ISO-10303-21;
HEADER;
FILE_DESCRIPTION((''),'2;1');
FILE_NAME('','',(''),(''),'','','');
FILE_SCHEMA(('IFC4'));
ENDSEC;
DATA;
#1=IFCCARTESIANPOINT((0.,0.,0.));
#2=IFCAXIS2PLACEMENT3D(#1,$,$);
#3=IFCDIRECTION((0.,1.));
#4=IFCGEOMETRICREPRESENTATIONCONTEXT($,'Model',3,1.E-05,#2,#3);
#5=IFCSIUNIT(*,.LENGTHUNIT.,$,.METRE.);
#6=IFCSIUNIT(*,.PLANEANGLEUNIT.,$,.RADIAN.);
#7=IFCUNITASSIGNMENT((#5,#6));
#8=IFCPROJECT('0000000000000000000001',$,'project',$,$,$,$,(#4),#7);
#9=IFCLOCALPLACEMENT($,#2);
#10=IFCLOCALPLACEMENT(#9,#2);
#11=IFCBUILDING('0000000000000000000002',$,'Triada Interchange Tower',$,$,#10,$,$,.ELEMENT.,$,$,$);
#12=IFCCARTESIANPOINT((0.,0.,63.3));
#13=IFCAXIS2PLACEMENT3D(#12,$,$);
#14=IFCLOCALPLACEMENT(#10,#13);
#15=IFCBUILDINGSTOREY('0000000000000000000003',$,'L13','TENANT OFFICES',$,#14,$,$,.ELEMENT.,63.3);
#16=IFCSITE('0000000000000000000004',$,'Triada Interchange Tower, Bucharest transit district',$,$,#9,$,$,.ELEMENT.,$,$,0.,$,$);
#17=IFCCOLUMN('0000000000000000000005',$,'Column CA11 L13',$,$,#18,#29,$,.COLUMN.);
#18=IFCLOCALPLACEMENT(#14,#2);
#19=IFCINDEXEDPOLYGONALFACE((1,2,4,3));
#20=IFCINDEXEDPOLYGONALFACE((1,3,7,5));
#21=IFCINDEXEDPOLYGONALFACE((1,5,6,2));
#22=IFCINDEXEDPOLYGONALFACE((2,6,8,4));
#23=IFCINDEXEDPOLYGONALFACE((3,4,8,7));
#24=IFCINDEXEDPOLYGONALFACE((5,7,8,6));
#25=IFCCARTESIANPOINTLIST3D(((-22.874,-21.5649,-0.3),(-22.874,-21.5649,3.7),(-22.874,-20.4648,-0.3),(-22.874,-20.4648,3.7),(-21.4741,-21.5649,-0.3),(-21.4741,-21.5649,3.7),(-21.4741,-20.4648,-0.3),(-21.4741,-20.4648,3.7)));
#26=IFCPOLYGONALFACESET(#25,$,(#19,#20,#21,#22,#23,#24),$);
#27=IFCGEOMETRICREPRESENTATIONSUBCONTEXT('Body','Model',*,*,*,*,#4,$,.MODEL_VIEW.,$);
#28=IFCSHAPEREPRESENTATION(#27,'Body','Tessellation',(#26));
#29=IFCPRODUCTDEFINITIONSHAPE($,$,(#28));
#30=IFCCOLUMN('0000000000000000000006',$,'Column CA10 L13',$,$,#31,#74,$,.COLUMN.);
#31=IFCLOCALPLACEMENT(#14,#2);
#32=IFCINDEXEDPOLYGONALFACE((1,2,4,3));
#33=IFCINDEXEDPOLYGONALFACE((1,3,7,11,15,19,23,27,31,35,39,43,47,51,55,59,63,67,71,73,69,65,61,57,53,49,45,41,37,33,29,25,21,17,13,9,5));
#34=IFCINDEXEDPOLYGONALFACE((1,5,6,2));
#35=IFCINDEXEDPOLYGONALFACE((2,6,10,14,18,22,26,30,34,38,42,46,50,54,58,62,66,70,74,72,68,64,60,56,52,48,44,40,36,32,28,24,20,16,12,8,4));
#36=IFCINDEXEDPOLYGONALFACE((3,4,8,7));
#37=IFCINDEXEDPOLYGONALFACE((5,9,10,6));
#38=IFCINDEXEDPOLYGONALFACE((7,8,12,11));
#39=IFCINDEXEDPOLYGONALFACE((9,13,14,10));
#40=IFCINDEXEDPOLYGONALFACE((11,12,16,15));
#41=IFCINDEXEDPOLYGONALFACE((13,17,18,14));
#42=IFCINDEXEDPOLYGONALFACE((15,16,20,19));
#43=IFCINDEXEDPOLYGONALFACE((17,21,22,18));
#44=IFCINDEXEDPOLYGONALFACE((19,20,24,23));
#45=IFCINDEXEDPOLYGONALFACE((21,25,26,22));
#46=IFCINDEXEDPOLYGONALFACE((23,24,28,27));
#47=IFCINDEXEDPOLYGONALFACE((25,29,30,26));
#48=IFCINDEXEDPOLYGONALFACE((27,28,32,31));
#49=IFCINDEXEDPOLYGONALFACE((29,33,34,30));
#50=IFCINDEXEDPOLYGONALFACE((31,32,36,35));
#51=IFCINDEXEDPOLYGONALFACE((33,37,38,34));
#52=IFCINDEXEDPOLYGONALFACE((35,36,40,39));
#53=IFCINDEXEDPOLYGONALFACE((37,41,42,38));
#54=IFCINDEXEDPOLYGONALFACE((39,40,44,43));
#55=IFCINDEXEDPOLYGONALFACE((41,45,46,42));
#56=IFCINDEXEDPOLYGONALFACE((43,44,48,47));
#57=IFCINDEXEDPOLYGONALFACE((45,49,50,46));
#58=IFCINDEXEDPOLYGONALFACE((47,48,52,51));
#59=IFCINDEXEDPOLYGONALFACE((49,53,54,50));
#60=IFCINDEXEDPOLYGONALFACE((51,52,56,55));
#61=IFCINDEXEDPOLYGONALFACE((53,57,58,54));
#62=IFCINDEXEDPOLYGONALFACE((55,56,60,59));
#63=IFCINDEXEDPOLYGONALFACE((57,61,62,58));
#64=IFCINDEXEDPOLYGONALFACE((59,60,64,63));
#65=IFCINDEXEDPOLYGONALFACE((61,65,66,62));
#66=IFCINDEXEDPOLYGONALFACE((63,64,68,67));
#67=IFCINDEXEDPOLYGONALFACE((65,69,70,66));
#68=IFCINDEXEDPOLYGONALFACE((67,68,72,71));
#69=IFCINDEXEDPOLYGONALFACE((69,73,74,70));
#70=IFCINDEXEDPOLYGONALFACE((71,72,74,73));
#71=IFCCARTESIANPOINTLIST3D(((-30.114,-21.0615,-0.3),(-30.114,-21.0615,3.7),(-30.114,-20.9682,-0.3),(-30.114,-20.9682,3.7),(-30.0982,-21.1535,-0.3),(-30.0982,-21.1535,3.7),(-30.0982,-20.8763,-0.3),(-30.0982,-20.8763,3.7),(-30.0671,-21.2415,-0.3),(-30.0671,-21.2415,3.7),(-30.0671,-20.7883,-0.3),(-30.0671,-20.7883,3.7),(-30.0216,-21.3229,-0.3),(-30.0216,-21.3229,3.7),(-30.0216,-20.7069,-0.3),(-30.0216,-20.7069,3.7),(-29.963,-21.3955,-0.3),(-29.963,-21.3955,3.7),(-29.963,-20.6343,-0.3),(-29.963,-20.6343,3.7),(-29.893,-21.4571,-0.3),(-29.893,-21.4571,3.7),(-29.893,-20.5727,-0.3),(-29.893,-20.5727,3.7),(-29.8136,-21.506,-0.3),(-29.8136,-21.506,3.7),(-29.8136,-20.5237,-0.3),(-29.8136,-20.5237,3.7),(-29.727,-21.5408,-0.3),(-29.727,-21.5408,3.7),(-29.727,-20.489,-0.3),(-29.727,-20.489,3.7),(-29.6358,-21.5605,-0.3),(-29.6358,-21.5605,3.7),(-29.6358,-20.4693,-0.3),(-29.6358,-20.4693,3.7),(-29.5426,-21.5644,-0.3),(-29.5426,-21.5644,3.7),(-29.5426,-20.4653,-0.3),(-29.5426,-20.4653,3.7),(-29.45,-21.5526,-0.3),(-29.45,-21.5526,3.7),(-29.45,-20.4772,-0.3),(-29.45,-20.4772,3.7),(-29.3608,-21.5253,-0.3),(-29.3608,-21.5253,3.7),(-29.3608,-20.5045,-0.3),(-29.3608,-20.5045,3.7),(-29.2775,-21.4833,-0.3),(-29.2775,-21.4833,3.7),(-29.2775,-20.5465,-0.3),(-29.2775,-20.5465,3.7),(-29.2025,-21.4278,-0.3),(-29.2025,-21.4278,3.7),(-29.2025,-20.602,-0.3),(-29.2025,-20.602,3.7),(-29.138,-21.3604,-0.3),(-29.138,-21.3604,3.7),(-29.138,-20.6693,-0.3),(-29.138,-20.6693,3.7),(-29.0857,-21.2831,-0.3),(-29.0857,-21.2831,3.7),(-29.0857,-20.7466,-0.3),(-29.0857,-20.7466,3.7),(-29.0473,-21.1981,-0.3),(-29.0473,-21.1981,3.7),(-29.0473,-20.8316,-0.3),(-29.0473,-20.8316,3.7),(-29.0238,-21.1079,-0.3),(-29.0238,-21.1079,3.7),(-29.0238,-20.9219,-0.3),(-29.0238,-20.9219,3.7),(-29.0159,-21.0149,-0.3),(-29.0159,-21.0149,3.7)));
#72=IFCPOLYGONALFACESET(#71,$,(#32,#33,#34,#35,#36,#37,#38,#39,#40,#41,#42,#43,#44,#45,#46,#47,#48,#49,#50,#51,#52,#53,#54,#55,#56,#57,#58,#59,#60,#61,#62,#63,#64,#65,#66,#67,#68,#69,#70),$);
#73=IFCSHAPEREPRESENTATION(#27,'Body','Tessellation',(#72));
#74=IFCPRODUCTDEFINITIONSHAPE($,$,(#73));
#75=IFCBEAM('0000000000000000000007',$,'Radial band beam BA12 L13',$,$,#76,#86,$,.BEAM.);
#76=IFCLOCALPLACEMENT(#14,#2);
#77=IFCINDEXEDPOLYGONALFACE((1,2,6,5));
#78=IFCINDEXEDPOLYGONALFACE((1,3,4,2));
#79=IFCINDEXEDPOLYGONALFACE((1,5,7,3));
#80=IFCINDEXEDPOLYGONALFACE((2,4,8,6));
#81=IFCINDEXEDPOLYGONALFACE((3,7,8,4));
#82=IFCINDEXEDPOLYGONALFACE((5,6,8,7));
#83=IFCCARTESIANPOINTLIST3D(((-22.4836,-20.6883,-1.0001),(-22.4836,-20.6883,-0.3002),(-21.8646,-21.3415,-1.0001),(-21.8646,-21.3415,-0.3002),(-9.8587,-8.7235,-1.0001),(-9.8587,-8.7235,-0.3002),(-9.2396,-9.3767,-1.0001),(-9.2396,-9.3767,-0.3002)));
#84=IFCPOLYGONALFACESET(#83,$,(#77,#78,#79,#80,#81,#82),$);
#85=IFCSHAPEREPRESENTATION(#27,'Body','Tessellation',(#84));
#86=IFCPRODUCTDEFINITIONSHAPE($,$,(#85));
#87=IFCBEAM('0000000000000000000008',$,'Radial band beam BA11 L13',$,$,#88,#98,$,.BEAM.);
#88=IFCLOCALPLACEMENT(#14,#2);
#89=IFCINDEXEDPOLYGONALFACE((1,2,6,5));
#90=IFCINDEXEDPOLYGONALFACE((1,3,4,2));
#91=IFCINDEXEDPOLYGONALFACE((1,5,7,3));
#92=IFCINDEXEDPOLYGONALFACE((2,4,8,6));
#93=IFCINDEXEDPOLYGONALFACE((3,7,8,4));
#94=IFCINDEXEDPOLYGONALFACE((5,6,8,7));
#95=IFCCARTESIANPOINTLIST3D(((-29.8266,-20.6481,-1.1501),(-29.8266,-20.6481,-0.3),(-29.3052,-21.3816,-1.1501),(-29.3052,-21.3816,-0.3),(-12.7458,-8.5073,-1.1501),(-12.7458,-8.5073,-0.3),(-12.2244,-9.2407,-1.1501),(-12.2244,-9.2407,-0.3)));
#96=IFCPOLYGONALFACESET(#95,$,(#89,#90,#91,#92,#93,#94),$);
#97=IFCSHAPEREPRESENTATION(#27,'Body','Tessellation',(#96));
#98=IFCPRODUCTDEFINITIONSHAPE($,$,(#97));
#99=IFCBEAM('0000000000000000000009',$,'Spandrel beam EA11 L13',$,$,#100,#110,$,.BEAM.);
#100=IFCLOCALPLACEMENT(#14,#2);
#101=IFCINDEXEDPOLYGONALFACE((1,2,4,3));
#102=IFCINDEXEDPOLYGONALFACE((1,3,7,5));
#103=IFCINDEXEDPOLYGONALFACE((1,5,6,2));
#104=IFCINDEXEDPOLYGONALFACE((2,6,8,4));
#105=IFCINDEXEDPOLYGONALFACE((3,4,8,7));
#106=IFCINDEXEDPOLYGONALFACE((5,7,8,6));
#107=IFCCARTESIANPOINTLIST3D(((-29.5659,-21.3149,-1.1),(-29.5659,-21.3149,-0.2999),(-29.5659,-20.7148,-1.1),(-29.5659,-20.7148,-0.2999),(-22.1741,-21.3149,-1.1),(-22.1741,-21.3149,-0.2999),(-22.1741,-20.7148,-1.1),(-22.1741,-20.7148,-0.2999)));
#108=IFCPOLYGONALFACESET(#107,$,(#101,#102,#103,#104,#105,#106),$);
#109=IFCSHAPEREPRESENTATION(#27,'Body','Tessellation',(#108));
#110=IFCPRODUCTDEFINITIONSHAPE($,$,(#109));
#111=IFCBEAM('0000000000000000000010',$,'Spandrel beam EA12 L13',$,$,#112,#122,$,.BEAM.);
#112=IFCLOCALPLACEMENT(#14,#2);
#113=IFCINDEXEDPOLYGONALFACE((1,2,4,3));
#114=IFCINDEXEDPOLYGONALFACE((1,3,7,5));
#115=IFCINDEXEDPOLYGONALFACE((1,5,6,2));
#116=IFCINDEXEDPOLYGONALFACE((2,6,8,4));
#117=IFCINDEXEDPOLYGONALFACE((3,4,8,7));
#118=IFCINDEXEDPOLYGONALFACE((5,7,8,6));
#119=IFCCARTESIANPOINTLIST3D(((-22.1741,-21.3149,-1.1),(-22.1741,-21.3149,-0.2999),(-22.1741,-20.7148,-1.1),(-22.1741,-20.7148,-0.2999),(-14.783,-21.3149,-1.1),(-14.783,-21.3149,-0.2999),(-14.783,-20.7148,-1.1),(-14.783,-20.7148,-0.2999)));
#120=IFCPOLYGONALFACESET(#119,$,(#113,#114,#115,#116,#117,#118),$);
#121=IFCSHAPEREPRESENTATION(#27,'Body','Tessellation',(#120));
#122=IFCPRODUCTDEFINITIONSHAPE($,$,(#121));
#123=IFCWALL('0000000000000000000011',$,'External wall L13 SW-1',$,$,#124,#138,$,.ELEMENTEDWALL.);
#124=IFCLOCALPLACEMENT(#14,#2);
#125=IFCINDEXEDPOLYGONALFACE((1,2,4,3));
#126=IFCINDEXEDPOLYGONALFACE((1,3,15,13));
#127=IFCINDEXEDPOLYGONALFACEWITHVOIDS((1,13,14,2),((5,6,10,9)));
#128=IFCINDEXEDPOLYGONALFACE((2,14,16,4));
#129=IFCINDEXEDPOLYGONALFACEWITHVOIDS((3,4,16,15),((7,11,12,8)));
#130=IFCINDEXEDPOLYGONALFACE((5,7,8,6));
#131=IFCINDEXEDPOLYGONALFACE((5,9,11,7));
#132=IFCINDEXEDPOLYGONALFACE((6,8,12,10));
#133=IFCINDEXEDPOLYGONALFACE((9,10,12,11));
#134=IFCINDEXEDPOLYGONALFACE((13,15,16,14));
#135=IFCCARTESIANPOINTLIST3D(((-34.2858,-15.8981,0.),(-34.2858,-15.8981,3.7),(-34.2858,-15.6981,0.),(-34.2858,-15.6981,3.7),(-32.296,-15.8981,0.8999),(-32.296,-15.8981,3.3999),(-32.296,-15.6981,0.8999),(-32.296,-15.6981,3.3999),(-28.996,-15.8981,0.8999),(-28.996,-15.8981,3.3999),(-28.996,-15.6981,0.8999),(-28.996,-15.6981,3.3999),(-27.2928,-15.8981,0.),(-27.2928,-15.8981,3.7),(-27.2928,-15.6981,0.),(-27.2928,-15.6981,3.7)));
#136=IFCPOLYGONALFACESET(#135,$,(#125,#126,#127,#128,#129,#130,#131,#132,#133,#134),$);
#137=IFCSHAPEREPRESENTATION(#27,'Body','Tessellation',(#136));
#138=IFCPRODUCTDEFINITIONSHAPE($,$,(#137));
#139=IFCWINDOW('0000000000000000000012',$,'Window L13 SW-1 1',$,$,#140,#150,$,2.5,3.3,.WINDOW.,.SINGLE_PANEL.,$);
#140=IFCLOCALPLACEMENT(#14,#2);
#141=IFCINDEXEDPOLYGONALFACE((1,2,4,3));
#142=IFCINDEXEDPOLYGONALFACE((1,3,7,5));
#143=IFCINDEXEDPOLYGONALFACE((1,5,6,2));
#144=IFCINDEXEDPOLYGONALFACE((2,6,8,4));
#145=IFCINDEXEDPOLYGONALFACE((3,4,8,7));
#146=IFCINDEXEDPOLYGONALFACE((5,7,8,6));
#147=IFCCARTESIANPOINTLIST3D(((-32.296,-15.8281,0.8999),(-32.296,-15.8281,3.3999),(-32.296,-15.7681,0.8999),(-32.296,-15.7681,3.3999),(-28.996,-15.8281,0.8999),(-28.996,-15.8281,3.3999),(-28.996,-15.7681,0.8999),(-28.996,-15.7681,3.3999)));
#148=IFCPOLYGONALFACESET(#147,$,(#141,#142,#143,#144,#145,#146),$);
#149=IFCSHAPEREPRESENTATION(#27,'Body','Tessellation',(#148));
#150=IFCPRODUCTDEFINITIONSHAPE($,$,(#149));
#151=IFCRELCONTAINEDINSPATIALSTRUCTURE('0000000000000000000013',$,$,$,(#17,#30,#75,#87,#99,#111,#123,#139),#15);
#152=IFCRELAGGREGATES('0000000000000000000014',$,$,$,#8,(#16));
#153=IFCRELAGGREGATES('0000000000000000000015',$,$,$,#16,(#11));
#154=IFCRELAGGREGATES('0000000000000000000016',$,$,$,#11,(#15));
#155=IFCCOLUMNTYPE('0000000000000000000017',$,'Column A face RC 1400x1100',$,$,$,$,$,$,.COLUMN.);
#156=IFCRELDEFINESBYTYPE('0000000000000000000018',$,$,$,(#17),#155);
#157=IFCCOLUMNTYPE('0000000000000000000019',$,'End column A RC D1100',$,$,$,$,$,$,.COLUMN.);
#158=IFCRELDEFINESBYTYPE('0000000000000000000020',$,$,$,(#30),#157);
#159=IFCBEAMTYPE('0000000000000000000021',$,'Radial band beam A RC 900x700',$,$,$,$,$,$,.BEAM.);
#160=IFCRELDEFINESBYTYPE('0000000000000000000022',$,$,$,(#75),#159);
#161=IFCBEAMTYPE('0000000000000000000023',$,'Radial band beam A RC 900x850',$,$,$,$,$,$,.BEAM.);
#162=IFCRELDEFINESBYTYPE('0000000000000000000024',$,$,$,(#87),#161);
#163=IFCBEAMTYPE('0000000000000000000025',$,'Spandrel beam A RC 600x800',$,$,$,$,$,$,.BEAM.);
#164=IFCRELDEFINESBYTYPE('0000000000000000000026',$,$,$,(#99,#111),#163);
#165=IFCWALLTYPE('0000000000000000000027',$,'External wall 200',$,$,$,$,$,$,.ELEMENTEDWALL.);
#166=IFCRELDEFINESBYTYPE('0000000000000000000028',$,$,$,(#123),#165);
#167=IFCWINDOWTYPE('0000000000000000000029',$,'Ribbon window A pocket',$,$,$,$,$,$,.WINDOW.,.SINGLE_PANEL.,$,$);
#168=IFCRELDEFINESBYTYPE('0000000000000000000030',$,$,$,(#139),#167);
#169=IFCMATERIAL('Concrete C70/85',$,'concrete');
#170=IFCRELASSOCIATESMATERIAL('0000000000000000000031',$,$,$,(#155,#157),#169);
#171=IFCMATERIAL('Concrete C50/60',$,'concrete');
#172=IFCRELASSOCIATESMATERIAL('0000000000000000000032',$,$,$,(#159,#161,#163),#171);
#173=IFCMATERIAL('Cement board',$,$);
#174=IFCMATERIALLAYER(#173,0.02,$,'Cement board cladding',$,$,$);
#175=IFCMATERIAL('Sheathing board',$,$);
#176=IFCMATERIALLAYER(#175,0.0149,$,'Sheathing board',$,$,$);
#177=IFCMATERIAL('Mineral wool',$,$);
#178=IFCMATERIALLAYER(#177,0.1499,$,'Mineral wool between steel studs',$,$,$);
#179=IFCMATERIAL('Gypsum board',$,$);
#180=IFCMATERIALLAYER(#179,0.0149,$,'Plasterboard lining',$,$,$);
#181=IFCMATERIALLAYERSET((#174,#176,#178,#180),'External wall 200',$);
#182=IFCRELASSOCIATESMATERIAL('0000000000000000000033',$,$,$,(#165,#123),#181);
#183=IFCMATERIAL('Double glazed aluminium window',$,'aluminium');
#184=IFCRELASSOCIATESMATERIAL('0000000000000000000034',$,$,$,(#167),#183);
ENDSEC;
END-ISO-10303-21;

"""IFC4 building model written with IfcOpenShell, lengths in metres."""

from ifc_helpers import new_model, si_unit, direction, frame, frame_2d, origin, origin_2d, place, context, subcontext, project, spatial, rectangle, circle, extrude, material, layer, layer_set, layer_usage, material_profile, profile_set, type_object, element, fill, save


model = new_model("IFC4")

# Units and contexts
model_context = context("Model", 3, precision=1e-05, world=origin(), true_north=direction((0.0, 1.0)))
body_context = subcontext(model_context, "Body", "Model", "MODEL_VIEW")
ifc_project = project(units=[si_unit("LENGTHUNIT", "METRE"), si_unit("PLANEANGLEUNIT", "RADIAN")], contexts=[model_context])

# Site, building, storey
site_placement = place(None, origin())
site = spatial("IfcSite", under=ifc_project, at=site_placement, Name="Triada Interchange Tower, Bucharest transit district", CompositionType="ELEMENT", RefElevation=0.0)
building_placement = place(site_placement, origin())
building = spatial("IfcBuilding", under=site, at=building_placement, Name="Triada Interchange Tower", CompositionType="ELEMENT")
storey_placement = place(building_placement, frame((0.0, 0.0, 63.3)))
storey = spatial("IfcBuildingStorey", under=building, at=storey_placement, Name="L13", Description="TENANT OFFICES", CompositionType="ELEMENT", Elevation=63.3)

# Columns
ifc_material_1 = material(Name="Concrete C70/85", Category="concrete")
ifc_material_profile_1 = material_profile(ifc_material_1, rectangle(XDim=1.3999, YDim=1.1001, at=origin_2d()), Name="RC 1400x1100")
ifc_profile_set_1 = profile_set([ifc_material_profile_1], Name="Concrete C70/85")
column_type_1 = type_object("IfcColumnType", Name="Column A face RC 1400x1100", PredefinedType="COLUMN", material=ifc_profile_set_1)
column_1_placement = place(storey_placement, frame((-22.1741, -21.0149, -0.3), z_axis=(0.0, 0.0, 1.0), x_axis=(1.0, 0.0, 0.0)))
element("IfcColumn", 1, at=column_1_placement, inside=storey, type_object=column_type_1, Name="Column CA11 L13", PredefinedType="COLUMN", context=body_context, shape_type="SweptSolid", body=[
    extrude(rectangle(XDim=1.3999, YDim=1.1001, at=origin_2d()), origin(), (0.0, 0.0, 1.0), 4.0),
])
ifc_material_profile_2 = material_profile(ifc_material_1, circle(Radius=0.55, at=origin_2d()), Name="RC D1100")
ifc_profile_set_2 = profile_set([ifc_material_profile_2], Name="Concrete C70/85")
column_type_2 = type_object("IfcColumnType", Name="End column A RC D1100", PredefinedType="COLUMN", material=ifc_profile_set_2)
column_2_placement = place(storey_placement, frame((-29.5659, -21.0149, -0.3), z_axis=(0.0, 0.0, 1.0), x_axis=(1.0, 0.0, 0.0)))
element("IfcColumn", 2, at=column_2_placement, inside=storey, type_object=column_type_2, Name="Column CA10 L13", PredefinedType="COLUMN", context=body_context, shape_type="SweptSolid", body=[
    extrude(circle(Radius=0.55, at=origin_2d()), origin(), (0.0, 0.0, 1.0), 4.0),
])

# Beams
ifc_material_2 = material(Name="Concrete C50/60", Category="concrete")
ifc_material_profile_3 = material_profile(ifc_material_2, rectangle(XDim=0.8999, YDim=0.7, at=origin_2d()), Name="RC 900x700")
ifc_profile_set_3 = profile_set([ifc_material_profile_3], Name="Concrete C50/60")
beam_type_1 = type_object("IfcBeamType", Name="Radial band beam A RC 900x700", PredefinedType="BEAM", material=ifc_profile_set_3)
beam_1_placement = place(storey_placement, frame((-22.1741, -21.0149, -0.6501), z_axis=(0.725829, 0.687875, 0.0), x_axis=(-0.687875, 0.725829, 0.0)))
element("IfcBeam", 3, at=beam_1_placement, inside=storey, type_object=beam_type_1, Name="Radial band beam BA12 L13", PredefinedType="BEAM", context=body_context, shape_type="SweptSolid", body=[
    extrude(rectangle(XDim=0.8999, YDim=0.7, at=origin_2d()), origin(), (0.0, 0.0, 1.0), 17.3938),
])
ifc_material_profile_4 = material_profile(ifc_material_2, rectangle(XDim=0.8999, YDim=0.8501, at=origin_2d()), Name="RC 900x850")
ifc_profile_set_4 = profile_set([ifc_material_profile_4], Name="Concrete C50/60")
beam_type_2 = type_object("IfcBeamType", Name="Radial band beam A RC 900x850", PredefinedType="BEAM", material=ifc_profile_set_4)
beam_2_placement = place(storey_placement, frame((-29.5659, -21.0149, -0.7251), z_axis=(0.815079, 0.57935, 0.0), x_axis=(-0.57935, 0.815079, 0.0)))
element("IfcBeam", 4, at=beam_2_placement, inside=storey, type_object=beam_type_2, Name="Radial band beam BA11 L13", PredefinedType="BEAM", context=body_context, shape_type="SweptSolid", body=[
    extrude(rectangle(XDim=0.8999, YDim=0.8501, at=origin_2d()), origin(), (0.0, 0.0, 1.0), 20.9561),
])
ifc_material_profile_5 = material_profile(ifc_material_2, rectangle(XDim=0.6001, YDim=0.8, at=origin_2d()), Name="RC 600x800")
ifc_profile_set_5 = profile_set([ifc_material_profile_5], Name="Concrete C50/60")
beam_type_3 = type_object("IfcBeamType", Name="Spandrel beam A RC 600x800", PredefinedType="BEAM", material=ifc_profile_set_5)
beam_3_placement = place(storey_placement, frame((-29.5659, -21.0149, -0.7), z_axis=(1.0, 0.0, 0.0), x_axis=(0.0, 1.0, 0.0)))
element("IfcBeam", 5, at=beam_3_placement, inside=storey, type_object=beam_type_3, Name="Spandrel beam EA11 L13", PredefinedType="BEAM", context=body_context, shape_type="SweptSolid", body=[
    extrude(rectangle(XDim=0.6001, YDim=0.8, at=origin_2d()), origin(), (0.0, 0.0, 1.0), 7.3918),
])
beam_4_placement = place(storey_placement, frame((-22.1741, -21.0149, -0.7), z_axis=(1.0, 0.0, 0.0), x_axis=(0.0, 1.0, 0.0)))
element("IfcBeam", 6, at=beam_4_placement, inside=storey, type_object=beam_type_3, Name="Spandrel beam EA12 L13", PredefinedType="BEAM", context=body_context, shape_type="SweptSolid", body=[
    extrude(rectangle(XDim=0.6001, YDim=0.8, at=origin_2d()), origin(), (0.0, 0.0, 1.0), 7.3911),
])

# Wall, opening, window
ifc_material_3 = material(Name="Cement board")
ifc_layer_1 = layer(ifc_material_3, 0.02, Name="Cement board cladding")
ifc_material_4 = material(Name="Sheathing board")
ifc_layer_2 = layer(ifc_material_4, 0.0149, Name="Sheathing board")
ifc_material_5 = material(Name="Mineral wool")
ifc_layer_3 = layer(ifc_material_5, 0.1499, Name="Mineral wool between steel studs")
ifc_material_6 = material(Name="Gypsum board")
ifc_layer_4 = layer(ifc_material_6, 0.0149, Name="Plasterboard lining")
ifc_layer_set_1 = layer_set([ifc_layer_1, ifc_layer_2, ifc_layer_3, ifc_layer_4], Name="External wall 200")
ifc_layer_usage = layer_usage(ifc_layer_set_1, "AXIS2", "POSITIVE", -0.1001)
wall_type_1 = type_object("IfcWallType", Name="External wall 200", PredefinedType="ELEMENTEDWALL", material=ifc_layer_set_1)
wall_1_placement = place(storey_placement, frame((-34.2859, -15.7981, 0.0), z_axis=(0.0, 0.0, 1.0), x_axis=(1.0, 0.0, 0.0)))
wall_1 = element("IfcWall", 7, at=wall_1_placement, inside=storey, type_object=wall_type_1, material=ifc_layer_usage, Name="External wall L13 SW-1", PredefinedType="ELEMENTEDWALL", context=body_context, shape_type="SweptSolid", body=[
    extrude(rectangle(XDim=6.9929, YDim=0.2, at=frame_2d((3.4966, 0.0))), origin(), (0.0, 0.0, 1.0), 3.7),
])
opening_1_placement = place(wall_1_placement, frame((1.99, 0.0, 0.8999)))
opening_1 = element("IfcOpeningElement", 8, at=opening_1_placement, cuts=wall_1, PredefinedType="OPENING", context=body_context, shape_type="SweptSolid", body=[
    extrude(rectangle(XDim=3.3, YDim=2.5, at=frame_2d((1.6499, 1.25))), frame((0.0, 0.1099, 0.0), z_axis=(0.0, -1.0, 0.0), x_axis=(1.0, 0.0, 0.0)), (0.0, 0.0, 1.0), 0.22),
])
ifc_material_7 = material(Name="Double glazed aluminium window", Category="aluminium")
window_type_1 = type_object("IfcWindowType", Name="Ribbon window A pocket", PartitioningType="SINGLE_PANEL", PredefinedType="WINDOW", material=ifc_material_7)
window_1_placement = place(opening_1_placement, origin())
window_1 = element("IfcWindow", 9, at=window_1_placement, inside=storey, type_object=window_type_1, Name="Window L13 SW-1 1", OverallHeight=2.5, OverallWidth=3.3, PartitioningType="SINGLE_PANEL", PredefinedType="WINDOW", context=body_context, shape_type="SweptSolid", body=[
    extrude(rectangle(XDim=3.3, YDim=2.5, at=frame_2d((1.6499, 1.25))), frame((0.0, 0.03, 0.0), z_axis=(0.0, -1.0, 0.0), x_axis=(1.0, 0.0, 0.0)), (0.0, 0.0, 1.0), 0.0601),
])
fill(opening_1, window_1)

save(model, "model.ifc")
